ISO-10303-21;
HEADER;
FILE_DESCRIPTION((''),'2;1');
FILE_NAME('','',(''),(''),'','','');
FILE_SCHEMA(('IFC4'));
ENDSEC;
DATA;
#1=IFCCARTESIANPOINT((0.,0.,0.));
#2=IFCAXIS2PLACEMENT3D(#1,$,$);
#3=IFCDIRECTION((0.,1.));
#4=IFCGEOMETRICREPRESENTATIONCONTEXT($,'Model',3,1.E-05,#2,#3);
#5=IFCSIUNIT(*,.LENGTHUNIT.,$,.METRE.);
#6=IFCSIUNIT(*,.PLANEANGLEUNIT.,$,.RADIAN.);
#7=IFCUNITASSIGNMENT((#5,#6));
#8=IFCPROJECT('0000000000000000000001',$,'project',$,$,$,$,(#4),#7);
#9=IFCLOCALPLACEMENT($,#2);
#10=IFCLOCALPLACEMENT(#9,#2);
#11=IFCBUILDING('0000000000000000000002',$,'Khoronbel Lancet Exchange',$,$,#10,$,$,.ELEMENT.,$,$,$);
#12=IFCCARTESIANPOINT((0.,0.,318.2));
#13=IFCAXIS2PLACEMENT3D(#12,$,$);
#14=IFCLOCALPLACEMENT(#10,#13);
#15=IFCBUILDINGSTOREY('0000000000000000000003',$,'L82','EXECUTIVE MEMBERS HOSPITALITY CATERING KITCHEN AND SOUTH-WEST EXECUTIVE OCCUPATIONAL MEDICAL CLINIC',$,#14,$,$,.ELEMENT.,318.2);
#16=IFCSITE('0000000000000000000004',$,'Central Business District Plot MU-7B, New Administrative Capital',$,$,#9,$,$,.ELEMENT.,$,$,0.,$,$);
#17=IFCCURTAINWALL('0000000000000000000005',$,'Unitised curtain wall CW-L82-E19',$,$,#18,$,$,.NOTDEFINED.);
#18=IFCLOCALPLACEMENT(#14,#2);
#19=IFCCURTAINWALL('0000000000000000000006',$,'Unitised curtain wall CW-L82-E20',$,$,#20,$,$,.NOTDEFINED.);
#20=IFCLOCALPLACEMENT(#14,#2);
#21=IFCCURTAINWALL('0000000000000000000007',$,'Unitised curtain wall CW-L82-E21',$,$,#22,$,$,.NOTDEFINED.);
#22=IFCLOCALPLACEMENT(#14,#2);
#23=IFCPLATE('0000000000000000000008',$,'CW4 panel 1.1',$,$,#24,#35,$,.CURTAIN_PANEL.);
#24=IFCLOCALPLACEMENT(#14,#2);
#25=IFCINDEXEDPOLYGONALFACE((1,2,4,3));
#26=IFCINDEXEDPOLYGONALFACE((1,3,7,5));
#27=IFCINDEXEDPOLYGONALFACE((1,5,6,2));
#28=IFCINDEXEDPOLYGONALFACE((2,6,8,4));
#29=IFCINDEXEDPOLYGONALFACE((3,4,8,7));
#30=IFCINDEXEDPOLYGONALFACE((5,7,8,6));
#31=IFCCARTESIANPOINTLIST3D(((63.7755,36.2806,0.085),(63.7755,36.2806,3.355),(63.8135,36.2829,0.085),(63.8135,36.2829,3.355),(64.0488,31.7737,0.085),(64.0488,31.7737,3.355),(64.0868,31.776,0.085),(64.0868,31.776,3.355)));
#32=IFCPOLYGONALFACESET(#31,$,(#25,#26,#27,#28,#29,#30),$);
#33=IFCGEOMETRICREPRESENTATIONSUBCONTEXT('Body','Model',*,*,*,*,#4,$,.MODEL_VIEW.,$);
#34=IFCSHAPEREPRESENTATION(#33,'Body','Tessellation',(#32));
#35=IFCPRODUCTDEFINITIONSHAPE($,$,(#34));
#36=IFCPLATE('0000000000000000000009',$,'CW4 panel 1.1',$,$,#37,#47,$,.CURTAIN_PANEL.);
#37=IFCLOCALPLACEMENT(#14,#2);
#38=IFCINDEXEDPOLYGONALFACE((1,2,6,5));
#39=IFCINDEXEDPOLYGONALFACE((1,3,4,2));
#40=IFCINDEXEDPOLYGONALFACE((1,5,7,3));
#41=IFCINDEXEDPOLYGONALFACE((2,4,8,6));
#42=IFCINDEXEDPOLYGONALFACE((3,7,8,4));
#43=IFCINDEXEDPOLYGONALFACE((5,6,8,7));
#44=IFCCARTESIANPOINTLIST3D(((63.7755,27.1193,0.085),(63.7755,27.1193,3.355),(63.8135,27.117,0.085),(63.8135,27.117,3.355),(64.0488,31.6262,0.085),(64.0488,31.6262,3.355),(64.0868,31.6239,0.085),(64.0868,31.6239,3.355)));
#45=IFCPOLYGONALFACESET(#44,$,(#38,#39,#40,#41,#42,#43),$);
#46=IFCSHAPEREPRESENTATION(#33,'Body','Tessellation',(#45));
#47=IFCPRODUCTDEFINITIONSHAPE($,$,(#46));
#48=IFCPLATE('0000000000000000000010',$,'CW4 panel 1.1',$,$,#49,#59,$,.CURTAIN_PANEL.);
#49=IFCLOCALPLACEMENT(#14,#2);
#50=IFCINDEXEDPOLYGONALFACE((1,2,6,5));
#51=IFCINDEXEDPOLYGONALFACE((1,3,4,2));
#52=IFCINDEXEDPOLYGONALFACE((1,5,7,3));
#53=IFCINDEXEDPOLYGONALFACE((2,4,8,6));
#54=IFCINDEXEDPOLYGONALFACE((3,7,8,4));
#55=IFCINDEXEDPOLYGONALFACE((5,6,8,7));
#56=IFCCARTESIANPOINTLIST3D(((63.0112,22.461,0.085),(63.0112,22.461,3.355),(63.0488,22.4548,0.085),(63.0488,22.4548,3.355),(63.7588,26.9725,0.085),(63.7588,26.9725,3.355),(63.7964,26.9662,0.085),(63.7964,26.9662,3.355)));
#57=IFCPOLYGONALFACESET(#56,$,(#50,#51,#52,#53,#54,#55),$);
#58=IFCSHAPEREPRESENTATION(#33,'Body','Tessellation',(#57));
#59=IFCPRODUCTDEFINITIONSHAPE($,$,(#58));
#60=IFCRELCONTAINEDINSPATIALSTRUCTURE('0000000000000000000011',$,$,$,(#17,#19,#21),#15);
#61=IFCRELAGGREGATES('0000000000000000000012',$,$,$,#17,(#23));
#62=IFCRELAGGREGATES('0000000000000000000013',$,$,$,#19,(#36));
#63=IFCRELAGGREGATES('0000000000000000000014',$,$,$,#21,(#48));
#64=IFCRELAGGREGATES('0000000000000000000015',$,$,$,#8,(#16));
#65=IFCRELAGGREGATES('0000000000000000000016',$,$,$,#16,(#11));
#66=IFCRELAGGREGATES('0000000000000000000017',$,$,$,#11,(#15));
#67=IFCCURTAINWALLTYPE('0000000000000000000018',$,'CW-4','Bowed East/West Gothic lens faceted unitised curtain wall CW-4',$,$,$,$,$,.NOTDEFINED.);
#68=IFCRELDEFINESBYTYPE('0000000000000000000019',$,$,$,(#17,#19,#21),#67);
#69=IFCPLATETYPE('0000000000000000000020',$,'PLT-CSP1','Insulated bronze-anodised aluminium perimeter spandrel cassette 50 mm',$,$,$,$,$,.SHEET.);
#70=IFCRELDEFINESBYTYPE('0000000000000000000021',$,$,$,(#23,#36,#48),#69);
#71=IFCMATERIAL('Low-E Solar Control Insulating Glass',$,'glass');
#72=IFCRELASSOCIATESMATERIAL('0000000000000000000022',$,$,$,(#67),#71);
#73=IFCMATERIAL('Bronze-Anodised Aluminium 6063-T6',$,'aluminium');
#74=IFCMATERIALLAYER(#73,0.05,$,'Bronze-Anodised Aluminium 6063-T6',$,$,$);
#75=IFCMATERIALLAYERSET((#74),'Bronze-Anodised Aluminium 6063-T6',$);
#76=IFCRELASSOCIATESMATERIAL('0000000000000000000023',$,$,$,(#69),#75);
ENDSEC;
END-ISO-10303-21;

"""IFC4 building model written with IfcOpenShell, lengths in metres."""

from ifc_helpers import new_model, si_unit, direction, frame, origin, origin_2d, place, context, subcontext, project, spatial, rectangle, extrude, material, layer, layer_set, type_object, element, aggregate, save


model = new_model("IFC4")

# Units and contexts
model_context = context("Model", 3, precision=1e-05, world=origin(), true_north=direction((0.0, 1.0)))
body_context = subcontext(model_context, "Body", "Model", "MODEL_VIEW")
ifc_project = project(units=[si_unit("LENGTHUNIT", "METRE"), si_unit("PLANEANGLEUNIT", "RADIAN")], contexts=[model_context])

# Site, building, storey
site_placement = place(None, origin())
site = spatial("IfcSite", under=ifc_project, at=site_placement, Name="Central Business District Plot MU-7B, New Administrative Capital", CompositionType="ELEMENT", RefElevation=0.0)
building_placement = place(site_placement, origin())
building = spatial("IfcBuilding", under=site, at=building_placement, Name="Khoronbel Lancet Exchange", CompositionType="ELEMENT")
storey_placement = place(building_placement, frame((0.0, 0.0, 318.2)))
storey = spatial("IfcBuildingStorey", under=building, at=storey_placement, Name="L82", Description="EXECUTIVE MEMBERS HOSPITALITY CATERING KITCHEN AND SOUTH-WEST EXECUTIVE OCCUPATIONAL MEDICAL CLINIC", CompositionType="ELEMENT", Elevation=318.2)

# Shared definitions
ifc_material_1 = material(Name="Low-E Solar Control Insulating Glass", Category="glass")
curtain_wall_type = type_object("IfcCurtainWallType", Name="CW-4", Description="Bowed East/West Gothic lens faceted unitised curtain wall CW-4", PredefinedType="NOTDEFINED", material=ifc_material_1)
ifc_material_2 = material(Name="Bronze-Anodised Aluminium 6063-T6", Category="aluminium")

# Curtain walls
curtain_wall_1_placement = place(storey_placement, origin())
curtain_wall_1 = element("IfcCurtainWall", 1, at=curtain_wall_1_placement, inside=storey, type_object=curtain_wall_type, Name="Unitised curtain wall CW-L82-E19", PredefinedType="NOTDEFINED")
curtain_wall_2_placement = place(storey_placement, origin())
curtain_wall_2 = element("IfcCurtainWall", 2, at=curtain_wall_2_placement, inside=storey, type_object=curtain_wall_type, Name="Unitised curtain wall CW-L82-E20", PredefinedType="NOTDEFINED")

# Curtain wall
curtain_wall_3_placement = place(storey_placement, origin())
curtain_wall_3 = element("IfcCurtainWall", 3, at=curtain_wall_3_placement, inside=storey, type_object=curtain_wall_type, Name="Unitised curtain wall CW-L82-E21", PredefinedType="NOTDEFINED")

# Plates
ifc_layer = layer(ifc_material_2, 0.05, Name="Bronze-Anodised Aluminium 6063-T6")
ifc_layer_set = layer_set([ifc_layer], Name="Bronze-Anodised Aluminium 6063-T6")
plate_type = type_object("IfcPlateType", Name="PLT-CSP1", Description="Insulated bronze-anodised aluminium perimeter spandrel cassette 50 mm", PredefinedType="SHEET", material=ifc_layer_set)
plate_1_placement = place(storey_placement, frame((63.9312, 34.0283, 0.085), z_axis=(0.0, 0.0, 1.0), x_axis=(0.060534, -0.998166, 0.0)))
plate_1 = element("IfcPlate", 4, at=plate_1_placement, type_object=plate_type, Name="CW4 panel 1.1", PredefinedType="CURTAIN_PANEL", context=body_context, shape_type="SweptSolid", body=[
    extrude(rectangle(XDim=4.5151, YDim=0.0381, at=origin_2d()), origin(), (0.0, 0.0, 1.0), 3.27),
])
aggregate(curtain_wall_1, [plate_1])
plate_2_placement = place(storey_placement, frame((63.9312, 29.3716, 0.085), z_axis=(0.0, 0.0, 1.0), x_axis=(-0.060534, -0.998166, 0.0)))
plate_2 = element("IfcPlate", 5, at=plate_2_placement, type_object=plate_type, Name="CW4 panel 1.1", PredefinedType="CURTAIN_PANEL", context=body_context, shape_type="SweptSolid", body=[
    extrude(rectangle(XDim=4.5151, YDim=0.0381, at=origin_2d()), origin(), (0.0, 0.0, 1.0), 3.27),
])
aggregate(curtain_wall_2, [plate_2])
plate_3_placement = place(storey_placement, frame((63.4038, 24.7136, 0.085), z_axis=(0.0, 0.0, 1.0), x_axis=(-0.163479, -0.986547, 0.0)))
plate_3 = element("IfcPlate", 6, at=plate_3_placement, type_object=plate_type, Name="CW4 panel 1.1", PredefinedType="CURTAIN_PANEL", context=body_context, shape_type="SweptSolid", body=[
    extrude(rectangle(XDim=4.573, YDim=0.0381, at=origin_2d()), origin(), (0.0, 0.0, 1.0), 3.27),
])
aggregate(curtain_wall_3, [plate_3])

save(model, "model.ifc")
